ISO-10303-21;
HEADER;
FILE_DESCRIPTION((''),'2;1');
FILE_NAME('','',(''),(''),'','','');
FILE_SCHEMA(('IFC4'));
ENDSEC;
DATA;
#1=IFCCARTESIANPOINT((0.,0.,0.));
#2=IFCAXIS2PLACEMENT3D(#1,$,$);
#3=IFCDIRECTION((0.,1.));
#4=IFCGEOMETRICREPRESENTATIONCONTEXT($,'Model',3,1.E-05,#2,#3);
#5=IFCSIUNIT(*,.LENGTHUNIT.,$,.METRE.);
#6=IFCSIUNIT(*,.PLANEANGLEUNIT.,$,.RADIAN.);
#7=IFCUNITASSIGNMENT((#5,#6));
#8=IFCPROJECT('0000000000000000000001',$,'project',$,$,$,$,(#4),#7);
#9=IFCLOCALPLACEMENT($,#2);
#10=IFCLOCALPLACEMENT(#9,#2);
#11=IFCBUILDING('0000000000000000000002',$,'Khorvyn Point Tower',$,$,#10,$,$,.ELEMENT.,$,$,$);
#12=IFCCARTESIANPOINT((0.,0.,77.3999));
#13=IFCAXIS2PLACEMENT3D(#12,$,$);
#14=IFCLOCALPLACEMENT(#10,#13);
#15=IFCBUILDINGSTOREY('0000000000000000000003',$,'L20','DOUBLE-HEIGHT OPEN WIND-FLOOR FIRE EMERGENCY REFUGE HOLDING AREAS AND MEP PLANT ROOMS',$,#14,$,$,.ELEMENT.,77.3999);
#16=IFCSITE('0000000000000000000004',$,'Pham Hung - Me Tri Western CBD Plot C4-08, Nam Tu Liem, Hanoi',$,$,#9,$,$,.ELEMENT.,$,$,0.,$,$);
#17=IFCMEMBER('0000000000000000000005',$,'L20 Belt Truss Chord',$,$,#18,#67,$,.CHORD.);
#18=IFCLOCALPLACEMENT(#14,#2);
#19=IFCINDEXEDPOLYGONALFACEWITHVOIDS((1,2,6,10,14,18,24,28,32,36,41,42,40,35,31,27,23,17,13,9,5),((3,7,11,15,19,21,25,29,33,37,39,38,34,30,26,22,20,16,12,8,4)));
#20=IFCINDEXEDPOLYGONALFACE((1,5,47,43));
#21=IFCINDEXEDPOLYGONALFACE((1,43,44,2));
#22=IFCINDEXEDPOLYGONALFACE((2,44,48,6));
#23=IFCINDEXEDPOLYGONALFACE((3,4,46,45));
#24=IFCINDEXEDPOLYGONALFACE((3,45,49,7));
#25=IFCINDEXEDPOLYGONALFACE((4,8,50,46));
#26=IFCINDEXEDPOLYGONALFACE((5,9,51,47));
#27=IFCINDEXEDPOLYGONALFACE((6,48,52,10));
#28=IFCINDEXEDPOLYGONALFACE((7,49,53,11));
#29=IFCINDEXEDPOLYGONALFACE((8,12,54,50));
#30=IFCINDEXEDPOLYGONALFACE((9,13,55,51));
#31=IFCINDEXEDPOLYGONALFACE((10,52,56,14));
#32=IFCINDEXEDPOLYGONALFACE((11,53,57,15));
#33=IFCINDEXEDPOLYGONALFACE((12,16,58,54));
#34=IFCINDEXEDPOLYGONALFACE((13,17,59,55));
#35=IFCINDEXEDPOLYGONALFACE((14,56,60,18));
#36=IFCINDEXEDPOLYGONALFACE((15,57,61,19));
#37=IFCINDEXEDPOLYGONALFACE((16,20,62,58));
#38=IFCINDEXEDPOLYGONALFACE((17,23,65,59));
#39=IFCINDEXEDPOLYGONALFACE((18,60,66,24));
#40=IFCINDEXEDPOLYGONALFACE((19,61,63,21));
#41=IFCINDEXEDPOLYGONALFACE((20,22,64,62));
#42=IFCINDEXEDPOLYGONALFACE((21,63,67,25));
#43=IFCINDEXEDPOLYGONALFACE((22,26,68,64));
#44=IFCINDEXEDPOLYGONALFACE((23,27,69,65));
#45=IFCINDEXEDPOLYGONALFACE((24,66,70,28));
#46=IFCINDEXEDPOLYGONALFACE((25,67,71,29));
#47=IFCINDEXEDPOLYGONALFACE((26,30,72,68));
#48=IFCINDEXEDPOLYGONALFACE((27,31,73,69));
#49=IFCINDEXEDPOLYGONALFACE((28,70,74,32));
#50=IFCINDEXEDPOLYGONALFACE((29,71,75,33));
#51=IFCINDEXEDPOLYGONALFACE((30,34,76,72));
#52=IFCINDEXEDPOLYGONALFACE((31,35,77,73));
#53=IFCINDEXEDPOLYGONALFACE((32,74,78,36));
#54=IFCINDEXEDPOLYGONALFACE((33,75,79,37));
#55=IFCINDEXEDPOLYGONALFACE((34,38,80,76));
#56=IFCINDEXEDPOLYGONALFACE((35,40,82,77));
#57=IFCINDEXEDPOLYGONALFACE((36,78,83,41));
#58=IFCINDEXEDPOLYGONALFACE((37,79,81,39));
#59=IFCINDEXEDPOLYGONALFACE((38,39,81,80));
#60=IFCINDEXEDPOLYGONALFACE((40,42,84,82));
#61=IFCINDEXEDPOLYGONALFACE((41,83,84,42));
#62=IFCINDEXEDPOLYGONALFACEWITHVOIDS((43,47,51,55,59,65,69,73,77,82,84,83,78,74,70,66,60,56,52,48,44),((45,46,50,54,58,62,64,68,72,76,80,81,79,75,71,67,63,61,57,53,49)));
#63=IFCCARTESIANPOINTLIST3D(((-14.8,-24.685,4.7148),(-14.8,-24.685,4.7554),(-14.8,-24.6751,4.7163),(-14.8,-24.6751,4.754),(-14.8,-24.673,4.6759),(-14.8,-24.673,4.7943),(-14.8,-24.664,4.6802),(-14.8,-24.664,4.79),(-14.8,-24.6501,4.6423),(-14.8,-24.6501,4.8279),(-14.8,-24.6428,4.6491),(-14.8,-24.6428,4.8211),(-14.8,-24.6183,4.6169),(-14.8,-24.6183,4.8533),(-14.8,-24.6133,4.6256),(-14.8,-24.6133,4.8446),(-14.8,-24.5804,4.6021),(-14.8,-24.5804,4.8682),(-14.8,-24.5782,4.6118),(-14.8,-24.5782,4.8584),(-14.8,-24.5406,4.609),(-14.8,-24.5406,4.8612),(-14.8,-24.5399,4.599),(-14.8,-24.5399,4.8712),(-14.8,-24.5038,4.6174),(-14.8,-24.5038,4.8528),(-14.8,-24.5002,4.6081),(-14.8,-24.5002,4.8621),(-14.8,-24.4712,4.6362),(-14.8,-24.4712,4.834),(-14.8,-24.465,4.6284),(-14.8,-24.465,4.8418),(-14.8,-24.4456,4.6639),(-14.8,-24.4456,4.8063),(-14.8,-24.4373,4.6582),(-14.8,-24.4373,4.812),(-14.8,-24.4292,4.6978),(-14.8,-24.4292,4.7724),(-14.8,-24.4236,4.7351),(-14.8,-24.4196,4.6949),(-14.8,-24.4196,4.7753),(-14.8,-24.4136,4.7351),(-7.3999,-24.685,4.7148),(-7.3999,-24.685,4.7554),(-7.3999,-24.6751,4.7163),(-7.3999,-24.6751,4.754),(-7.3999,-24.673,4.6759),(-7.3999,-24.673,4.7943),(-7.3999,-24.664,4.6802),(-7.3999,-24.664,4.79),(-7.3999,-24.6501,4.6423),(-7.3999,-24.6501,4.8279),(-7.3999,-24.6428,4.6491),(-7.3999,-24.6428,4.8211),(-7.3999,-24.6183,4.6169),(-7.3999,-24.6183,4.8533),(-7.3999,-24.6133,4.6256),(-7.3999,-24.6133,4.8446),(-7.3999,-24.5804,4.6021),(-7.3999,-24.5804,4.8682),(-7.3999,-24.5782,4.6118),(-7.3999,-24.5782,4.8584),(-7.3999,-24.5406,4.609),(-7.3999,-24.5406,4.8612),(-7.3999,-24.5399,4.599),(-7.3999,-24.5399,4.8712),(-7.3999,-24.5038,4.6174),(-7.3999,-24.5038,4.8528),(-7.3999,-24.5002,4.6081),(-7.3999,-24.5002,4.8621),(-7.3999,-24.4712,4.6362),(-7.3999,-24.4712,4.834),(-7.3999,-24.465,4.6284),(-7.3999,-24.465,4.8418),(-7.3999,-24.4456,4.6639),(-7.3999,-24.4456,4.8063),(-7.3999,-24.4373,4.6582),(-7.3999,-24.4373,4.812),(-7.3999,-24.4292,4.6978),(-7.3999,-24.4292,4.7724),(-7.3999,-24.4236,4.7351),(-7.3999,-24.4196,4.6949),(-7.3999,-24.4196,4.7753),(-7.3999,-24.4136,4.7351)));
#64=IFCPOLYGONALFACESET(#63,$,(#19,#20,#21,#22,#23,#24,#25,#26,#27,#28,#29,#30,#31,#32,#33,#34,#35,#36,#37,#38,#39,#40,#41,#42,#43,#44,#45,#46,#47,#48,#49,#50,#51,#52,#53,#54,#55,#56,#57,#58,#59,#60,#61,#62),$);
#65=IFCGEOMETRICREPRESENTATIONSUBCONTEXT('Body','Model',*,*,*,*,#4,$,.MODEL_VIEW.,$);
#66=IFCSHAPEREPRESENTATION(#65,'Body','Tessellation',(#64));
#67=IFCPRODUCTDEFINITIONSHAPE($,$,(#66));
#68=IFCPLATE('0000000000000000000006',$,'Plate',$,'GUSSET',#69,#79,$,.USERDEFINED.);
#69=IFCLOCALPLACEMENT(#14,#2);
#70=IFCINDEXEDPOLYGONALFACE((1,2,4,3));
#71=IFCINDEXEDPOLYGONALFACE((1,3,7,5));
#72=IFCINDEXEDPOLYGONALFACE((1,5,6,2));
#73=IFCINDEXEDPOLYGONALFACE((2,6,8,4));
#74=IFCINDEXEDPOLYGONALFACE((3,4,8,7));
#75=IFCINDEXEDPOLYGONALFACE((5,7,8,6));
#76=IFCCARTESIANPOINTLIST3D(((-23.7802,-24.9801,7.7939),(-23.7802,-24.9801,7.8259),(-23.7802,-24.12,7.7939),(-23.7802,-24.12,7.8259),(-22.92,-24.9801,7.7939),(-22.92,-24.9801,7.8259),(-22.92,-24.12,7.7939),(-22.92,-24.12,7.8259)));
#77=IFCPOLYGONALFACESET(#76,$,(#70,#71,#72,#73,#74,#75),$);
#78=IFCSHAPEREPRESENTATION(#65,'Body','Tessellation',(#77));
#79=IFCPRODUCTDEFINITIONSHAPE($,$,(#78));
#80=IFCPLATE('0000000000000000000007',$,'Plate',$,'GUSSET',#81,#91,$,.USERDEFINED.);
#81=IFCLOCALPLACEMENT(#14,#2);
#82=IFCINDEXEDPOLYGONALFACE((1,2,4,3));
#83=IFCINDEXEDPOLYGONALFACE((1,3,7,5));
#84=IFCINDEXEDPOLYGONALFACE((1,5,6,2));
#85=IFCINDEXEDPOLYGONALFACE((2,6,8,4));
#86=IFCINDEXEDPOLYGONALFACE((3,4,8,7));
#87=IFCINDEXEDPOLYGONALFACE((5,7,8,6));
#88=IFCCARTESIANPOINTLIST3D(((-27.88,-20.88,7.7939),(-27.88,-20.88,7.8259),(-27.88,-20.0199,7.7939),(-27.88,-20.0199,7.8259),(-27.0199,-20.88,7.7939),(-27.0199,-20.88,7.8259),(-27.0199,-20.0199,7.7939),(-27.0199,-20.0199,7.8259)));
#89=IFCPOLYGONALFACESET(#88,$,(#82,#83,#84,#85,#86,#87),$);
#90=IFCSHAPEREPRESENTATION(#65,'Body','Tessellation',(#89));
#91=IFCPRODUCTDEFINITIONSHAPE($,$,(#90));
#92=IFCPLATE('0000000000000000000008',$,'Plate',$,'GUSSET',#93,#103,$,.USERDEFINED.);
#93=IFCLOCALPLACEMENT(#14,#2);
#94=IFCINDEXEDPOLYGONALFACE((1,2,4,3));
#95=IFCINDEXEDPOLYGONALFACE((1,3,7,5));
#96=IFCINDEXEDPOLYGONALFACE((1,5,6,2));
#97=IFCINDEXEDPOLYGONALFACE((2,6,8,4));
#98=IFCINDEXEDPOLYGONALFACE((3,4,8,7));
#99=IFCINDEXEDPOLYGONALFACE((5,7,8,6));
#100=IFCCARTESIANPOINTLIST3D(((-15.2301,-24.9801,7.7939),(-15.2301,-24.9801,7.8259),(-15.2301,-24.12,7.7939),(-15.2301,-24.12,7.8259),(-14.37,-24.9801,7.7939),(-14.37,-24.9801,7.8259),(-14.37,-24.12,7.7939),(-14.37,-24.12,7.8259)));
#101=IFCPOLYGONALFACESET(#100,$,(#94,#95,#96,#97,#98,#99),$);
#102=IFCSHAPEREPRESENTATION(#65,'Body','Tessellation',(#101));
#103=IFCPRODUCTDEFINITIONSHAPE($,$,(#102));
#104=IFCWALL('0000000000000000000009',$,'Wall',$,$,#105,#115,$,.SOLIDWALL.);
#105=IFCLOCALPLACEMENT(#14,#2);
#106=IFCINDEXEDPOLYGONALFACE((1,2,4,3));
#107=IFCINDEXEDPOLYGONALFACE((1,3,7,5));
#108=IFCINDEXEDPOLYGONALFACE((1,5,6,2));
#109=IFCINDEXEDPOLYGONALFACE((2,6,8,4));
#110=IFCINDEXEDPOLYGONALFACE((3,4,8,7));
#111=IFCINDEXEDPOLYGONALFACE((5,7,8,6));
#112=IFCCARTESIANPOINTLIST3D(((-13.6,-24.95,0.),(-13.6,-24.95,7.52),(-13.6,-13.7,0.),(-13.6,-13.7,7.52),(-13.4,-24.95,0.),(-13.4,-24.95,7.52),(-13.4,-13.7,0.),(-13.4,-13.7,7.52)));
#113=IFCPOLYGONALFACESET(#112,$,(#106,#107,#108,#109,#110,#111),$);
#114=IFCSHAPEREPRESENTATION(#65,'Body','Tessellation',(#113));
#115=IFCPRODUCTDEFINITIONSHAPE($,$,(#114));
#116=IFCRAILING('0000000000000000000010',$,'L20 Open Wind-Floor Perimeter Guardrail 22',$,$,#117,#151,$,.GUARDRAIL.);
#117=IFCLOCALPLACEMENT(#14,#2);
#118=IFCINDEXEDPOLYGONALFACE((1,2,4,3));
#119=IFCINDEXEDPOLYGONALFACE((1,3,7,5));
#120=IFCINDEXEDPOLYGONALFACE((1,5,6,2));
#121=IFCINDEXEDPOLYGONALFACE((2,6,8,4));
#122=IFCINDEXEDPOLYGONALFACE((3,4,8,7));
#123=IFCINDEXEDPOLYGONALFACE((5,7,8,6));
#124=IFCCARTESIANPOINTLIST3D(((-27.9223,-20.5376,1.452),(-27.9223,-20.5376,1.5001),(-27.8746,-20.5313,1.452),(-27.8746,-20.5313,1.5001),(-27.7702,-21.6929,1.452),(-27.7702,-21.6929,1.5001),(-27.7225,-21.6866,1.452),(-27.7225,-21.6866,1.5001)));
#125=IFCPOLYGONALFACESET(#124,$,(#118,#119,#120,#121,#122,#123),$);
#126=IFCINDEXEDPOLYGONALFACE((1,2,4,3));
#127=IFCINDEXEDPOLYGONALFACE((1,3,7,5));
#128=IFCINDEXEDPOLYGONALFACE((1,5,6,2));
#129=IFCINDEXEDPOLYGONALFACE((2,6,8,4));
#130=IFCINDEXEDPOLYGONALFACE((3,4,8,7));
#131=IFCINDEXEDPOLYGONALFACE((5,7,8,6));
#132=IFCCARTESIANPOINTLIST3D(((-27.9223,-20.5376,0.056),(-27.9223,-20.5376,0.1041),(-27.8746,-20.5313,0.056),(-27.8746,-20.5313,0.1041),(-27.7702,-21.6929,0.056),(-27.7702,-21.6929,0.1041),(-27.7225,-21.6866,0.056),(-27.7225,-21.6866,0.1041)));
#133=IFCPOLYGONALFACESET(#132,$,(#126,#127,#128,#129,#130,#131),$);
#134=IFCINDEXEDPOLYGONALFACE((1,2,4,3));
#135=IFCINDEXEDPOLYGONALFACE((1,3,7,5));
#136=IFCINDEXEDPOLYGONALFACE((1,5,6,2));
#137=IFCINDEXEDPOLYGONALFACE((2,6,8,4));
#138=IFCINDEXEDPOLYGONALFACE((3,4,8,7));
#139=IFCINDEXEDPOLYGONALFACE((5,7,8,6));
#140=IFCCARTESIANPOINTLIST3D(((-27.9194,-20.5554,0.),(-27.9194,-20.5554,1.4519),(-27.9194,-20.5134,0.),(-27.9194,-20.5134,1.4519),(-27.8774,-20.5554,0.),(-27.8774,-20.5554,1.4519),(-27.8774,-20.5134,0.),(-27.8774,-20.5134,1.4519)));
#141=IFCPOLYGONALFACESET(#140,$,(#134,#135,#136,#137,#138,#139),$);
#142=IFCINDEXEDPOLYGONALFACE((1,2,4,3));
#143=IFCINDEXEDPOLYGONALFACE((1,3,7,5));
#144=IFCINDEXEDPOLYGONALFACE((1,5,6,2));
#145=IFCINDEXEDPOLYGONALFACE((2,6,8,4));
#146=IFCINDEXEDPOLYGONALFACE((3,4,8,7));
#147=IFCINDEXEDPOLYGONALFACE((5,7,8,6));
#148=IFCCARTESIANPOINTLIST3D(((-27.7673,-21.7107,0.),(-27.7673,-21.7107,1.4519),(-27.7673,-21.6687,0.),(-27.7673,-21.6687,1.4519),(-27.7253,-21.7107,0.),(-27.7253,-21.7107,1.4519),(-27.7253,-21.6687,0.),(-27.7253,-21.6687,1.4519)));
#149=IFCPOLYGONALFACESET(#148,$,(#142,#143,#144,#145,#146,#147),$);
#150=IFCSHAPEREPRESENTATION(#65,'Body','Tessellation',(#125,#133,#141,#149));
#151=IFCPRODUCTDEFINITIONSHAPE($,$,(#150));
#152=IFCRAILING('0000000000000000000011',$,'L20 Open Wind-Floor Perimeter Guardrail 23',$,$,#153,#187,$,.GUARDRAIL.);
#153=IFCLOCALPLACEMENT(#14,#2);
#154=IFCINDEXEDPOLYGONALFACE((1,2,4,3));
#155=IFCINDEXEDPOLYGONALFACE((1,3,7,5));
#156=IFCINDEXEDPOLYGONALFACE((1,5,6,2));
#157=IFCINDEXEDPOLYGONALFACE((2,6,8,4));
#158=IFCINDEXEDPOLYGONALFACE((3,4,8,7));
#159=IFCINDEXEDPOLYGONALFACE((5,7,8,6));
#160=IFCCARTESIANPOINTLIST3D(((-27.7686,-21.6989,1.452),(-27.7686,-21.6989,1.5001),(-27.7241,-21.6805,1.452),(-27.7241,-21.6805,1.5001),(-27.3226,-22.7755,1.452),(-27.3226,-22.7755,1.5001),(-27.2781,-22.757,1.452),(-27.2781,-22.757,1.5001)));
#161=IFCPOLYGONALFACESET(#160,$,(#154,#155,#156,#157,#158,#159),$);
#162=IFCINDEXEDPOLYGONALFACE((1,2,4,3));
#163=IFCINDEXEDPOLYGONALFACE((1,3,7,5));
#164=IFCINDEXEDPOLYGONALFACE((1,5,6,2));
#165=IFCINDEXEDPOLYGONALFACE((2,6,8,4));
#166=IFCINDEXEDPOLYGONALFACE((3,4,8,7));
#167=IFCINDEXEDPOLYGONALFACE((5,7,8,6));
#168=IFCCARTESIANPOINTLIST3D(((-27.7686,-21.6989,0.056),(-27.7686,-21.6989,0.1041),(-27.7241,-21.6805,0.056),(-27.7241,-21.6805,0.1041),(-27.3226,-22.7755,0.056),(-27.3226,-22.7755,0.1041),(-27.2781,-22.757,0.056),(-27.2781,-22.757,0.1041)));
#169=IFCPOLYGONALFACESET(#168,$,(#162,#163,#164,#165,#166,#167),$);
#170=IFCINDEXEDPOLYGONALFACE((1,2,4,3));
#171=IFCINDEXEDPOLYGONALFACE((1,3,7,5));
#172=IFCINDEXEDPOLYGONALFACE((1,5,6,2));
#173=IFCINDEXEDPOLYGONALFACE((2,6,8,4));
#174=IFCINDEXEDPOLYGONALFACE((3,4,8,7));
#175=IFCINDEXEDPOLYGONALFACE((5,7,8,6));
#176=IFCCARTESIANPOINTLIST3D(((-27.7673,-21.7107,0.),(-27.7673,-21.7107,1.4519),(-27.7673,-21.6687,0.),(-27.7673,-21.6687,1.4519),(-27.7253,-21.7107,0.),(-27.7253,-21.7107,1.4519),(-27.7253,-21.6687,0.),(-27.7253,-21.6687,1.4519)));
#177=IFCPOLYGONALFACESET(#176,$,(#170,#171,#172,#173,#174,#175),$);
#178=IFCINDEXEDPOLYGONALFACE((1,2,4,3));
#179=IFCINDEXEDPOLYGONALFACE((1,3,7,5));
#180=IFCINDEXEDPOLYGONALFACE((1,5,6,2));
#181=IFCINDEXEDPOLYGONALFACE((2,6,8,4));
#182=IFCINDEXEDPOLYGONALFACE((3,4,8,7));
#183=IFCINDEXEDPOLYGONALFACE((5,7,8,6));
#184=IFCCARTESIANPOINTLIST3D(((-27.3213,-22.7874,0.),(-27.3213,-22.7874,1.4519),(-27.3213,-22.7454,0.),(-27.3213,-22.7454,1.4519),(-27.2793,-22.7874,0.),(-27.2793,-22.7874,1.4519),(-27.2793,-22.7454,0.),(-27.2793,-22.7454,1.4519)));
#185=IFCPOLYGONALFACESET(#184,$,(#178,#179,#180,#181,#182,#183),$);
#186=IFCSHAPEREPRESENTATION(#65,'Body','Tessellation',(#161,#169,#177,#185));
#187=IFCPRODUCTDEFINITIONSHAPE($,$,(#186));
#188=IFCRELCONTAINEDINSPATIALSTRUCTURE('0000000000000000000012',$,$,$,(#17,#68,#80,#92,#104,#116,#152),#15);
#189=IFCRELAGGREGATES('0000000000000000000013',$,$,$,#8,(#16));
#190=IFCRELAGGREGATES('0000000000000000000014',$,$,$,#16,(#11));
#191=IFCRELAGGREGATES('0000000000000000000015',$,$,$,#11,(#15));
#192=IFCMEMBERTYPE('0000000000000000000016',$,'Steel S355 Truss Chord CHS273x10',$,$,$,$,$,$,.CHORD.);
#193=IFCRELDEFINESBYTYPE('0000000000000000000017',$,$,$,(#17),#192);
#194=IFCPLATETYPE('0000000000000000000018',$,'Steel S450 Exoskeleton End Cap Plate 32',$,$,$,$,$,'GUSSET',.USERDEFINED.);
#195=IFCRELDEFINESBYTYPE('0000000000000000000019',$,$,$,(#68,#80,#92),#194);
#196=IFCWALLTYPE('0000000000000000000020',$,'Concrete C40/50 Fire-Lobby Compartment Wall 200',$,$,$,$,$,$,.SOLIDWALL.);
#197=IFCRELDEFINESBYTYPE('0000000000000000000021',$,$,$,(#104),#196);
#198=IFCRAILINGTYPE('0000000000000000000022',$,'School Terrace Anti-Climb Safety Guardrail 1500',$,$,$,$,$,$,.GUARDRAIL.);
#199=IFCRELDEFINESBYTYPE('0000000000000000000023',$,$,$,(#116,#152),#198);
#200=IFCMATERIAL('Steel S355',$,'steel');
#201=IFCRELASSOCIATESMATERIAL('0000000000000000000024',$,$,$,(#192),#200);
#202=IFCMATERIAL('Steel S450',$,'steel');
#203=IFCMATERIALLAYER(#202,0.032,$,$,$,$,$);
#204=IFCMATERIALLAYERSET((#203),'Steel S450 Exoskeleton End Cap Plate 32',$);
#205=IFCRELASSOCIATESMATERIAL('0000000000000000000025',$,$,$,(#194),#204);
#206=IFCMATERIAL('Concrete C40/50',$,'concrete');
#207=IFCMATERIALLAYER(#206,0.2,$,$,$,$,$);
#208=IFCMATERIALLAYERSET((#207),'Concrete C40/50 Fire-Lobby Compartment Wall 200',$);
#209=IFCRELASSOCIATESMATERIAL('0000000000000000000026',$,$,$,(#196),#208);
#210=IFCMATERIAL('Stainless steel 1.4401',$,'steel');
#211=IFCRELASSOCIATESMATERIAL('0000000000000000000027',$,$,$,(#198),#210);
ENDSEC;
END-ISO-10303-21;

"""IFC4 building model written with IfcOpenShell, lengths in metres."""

from ifc_helpers import new_model, si_unit, direction, frame, frame_2d, origin, origin_2d, place, context, subcontext, project, spatial, rectangle, hollow_circle, extrude, material, layer, layer_set, material_profile, profile_set, type_object, element, save


model = new_model("IFC4")

# Units and contexts
model_context = context("Model", 3, precision=1e-05, world=origin(), true_north=direction((0.0, 1.0)))
body_context = subcontext(model_context, "Body", "Model", "MODEL_VIEW")
ifc_project = project(units=[si_unit("LENGTHUNIT", "METRE"), si_unit("PLANEANGLEUNIT", "RADIAN")], contexts=[model_context])

# Site, building, storey
site_placement = place(None, origin())
site = spatial("IfcSite", under=ifc_project, at=site_placement, Name="Pham Hung - Me Tri Western CBD Plot C4-08, Nam Tu Liem, Hanoi", CompositionType="ELEMENT", RefElevation=0.0)
building_placement = place(site_placement, origin())
building = spatial("IfcBuilding", under=site, at=building_placement, Name="Khorvyn Point Tower", CompositionType="ELEMENT")
storey_placement = place(building_placement, frame((0.0, 0.0, 77.3999)))
storey = spatial("IfcBuildingStorey", under=building, at=storey_placement, Name="L20", Description="DOUBLE-HEIGHT OPEN WIND-FLOOR FIRE EMERGENCY REFUGE HOLDING AREAS AND MEP PLANT ROOMS", CompositionType="ELEMENT", Elevation=77.3999)

# Shared definitions
ifc_material_1 = material(Name="Steel S450", Category="steel")

# Shared definitions
ifc_material_2 = material(Name="Steel S355", Category="steel")

# Member
ifc_material_profile_1 = material_profile(ifc_material_2, hollow_circle(Radius=0.1365, WallThickness=0.01, at=origin_2d()))
ifc_profile_set_1 = profile_set([ifc_material_profile_1], Name="Steel S355 CHS273x10")
member_type_1 = type_object("IfcMemberType", Name="Steel S355 Truss Chord CHS273x10", PredefinedType="CHORD", material=ifc_profile_set_1)
member_1_placement = place(storey_placement, frame((-14.8, -24.55, 4.7351), z_axis=(1.0, 0.0, 0.0), x_axis=(0.0, 1.0, 0.0)))
element("IfcMember", 1, at=member_1_placement, inside=storey, type_object=member_type_1, Name="L20 Belt Truss Chord", PredefinedType="CHORD", context=body_context, shape_type="SweptSolid", body=[
    extrude(hollow_circle(Radius=0.1365, WallThickness=0.01, at=origin_2d()), origin(), (0.0, 0.0, 1.0), 7.4001),
])

# Plates
ifc_layer_1 = layer(ifc_material_1, 0.032)
ifc_layer_set_1 = layer_set([ifc_layer_1], Name="Steel S450 Exoskeleton End Cap Plate 32")
plate_type = type_object("IfcPlateType", Name="Steel S450 Exoskeleton End Cap Plate 32", ElementType="GUSSET", PredefinedType="USERDEFINED", material=ifc_layer_set_1)
for number, where, z_axis, x_axis, name in (
    (2, (-23.3501, -24.55, 7.7939), (0.0, 0.0, 1.0), (1.0, 0.0, 0.0), "Plate"),
    (3, (-27.45, -20.45, 7.7939), (0.0, 0.0, 1.0), (1.0, 0.0, 0.0), "Plate"),
    (4, (-14.8, -24.55, 7.7939), (0.0, 0.0, 1.0), (1.0, 0.0, 0.0), "Plate"),
):
    element("IfcPlate", number, at=place(storey_placement, frame(where, z_axis=z_axis, x_axis=x_axis)), inside=storey, type_object=plate_type, Name=name, ObjectType="GUSSET", PredefinedType="USERDEFINED", context=body_context, shape_type="SweptSolid", body=[
        extrude(rectangle(XDim=0.8601, YDim=0.8601, at=origin_2d()), origin(), (0.0, 0.0, 1.0), 0.032),
    ])

# Wall
ifc_material_3 = material(Name="Concrete C40/50", Category="concrete")
ifc_layer_2 = layer(ifc_material_3, 0.2)
ifc_layer_set_2 = layer_set([ifc_layer_2], Name="Concrete C40/50 Fire-Lobby Compartment Wall 200")
wall_type = type_object("IfcWallType", Name="Concrete C40/50 Fire-Lobby Compartment Wall 200", PredefinedType="SOLIDWALL", material=ifc_layer_set_2)
wall_placement = place(storey_placement, frame((-13.5, -24.95, 0.0), z_axis=(0.0, 0.0, 1.0), x_axis=(0.0, 1.0, 0.0)))
element("IfcWall", 5, at=wall_placement, inside=storey, type_object=wall_type, Name="Wall", PredefinedType="SOLIDWALL", context=body_context, shape_type="SweptSolid", body=[
    extrude(rectangle(XDim=11.25, YDim=0.2, at=frame_2d((5.625, 0.0))), origin(), (0.0, 0.0, 1.0), 7.52),
])

# Railings
ifc_material_4 = material(Name="Stainless steel 1.4401", Category="steel")
railing_type = type_object("IfcRailingType", Name="School Terrace Anti-Climb Safety Guardrail 1500", PredefinedType="GUARDRAIL", material=ifc_material_4)
railing_1_placement = place(storey_placement, frame((-27.8984, -20.5344, 0.0)))
element("IfcRailing", 6, at=railing_1_placement, inside=storey, type_object=railing_type, Name="L20 Open Wind-Floor Perimeter Guardrail 22", PredefinedType="GUARDRAIL", context=body_context, shape_type="SweptSolid", body=[
    extrude(rectangle(XDim=0.0481, YDim=0.0481, at=origin_2d()), frame((0.0, 0.0, 1.4761), z_axis=(0.13053, -0.991444, 0.0), x_axis=(0.991444, 0.13053, 0.0)), (0.0, 0.0, 1.0), 1.1653),
    extrude(rectangle(XDim=0.0481, YDim=0.0481, at=origin_2d()), frame((0.0, 0.0, 0.0801), z_axis=(0.13053, -0.991444, 0.0), x_axis=(0.991444, 0.13053, 0.0)), (0.0, 0.0, 1.0), 1.1653),
    extrude(rectangle(XDim=0.042, YDim=0.042, at=origin_2d()), origin(), (0.0, 0.0, 1.0), 1.4519),
    extrude(rectangle(XDim=0.042, YDim=0.042, at=origin_2d()), frame((0.1521, -1.1553, 0.0)), (0.0, 0.0, 1.0), 1.4519),
])
railing_2_placement = place(storey_placement, frame((-27.7463, -21.6897, 0.0)))
element("IfcRailing", 7, at=railing_2_placement, inside=storey, type_object=railing_type, Name="L20 Open Wind-Floor Perimeter Guardrail 23", PredefinedType="GUARDRAIL", context=body_context, shape_type="SweptSolid", body=[
    extrude(rectangle(XDim=0.0481, YDim=0.0481, at=origin_2d()), frame((0.0, 0.0, 1.4761), z_axis=(0.38274, -0.923856, 0.0), x_axis=(0.923856, 0.38274, 0.0)), (0.0, 0.0, 1.0), 1.1653),
    extrude(rectangle(XDim=0.0481, YDim=0.0481, at=origin_2d()), frame((0.0, 0.0, 0.0801), z_axis=(0.38274, -0.923856, 0.0), x_axis=(0.923856, 0.38274, 0.0)), (0.0, 0.0, 1.0), 1.1653),
    extrude(rectangle(XDim=0.042, YDim=0.042, at=origin_2d()), origin(), (0.0, 0.0, 1.0), 1.4519),
    extrude(rectangle(XDim=0.042, YDim=0.042, at=origin_2d()), frame((0.446, -1.0767, 0.0)), (0.0, 0.0, 1.0), 1.4519),
])

save(model, "model.ifc")
